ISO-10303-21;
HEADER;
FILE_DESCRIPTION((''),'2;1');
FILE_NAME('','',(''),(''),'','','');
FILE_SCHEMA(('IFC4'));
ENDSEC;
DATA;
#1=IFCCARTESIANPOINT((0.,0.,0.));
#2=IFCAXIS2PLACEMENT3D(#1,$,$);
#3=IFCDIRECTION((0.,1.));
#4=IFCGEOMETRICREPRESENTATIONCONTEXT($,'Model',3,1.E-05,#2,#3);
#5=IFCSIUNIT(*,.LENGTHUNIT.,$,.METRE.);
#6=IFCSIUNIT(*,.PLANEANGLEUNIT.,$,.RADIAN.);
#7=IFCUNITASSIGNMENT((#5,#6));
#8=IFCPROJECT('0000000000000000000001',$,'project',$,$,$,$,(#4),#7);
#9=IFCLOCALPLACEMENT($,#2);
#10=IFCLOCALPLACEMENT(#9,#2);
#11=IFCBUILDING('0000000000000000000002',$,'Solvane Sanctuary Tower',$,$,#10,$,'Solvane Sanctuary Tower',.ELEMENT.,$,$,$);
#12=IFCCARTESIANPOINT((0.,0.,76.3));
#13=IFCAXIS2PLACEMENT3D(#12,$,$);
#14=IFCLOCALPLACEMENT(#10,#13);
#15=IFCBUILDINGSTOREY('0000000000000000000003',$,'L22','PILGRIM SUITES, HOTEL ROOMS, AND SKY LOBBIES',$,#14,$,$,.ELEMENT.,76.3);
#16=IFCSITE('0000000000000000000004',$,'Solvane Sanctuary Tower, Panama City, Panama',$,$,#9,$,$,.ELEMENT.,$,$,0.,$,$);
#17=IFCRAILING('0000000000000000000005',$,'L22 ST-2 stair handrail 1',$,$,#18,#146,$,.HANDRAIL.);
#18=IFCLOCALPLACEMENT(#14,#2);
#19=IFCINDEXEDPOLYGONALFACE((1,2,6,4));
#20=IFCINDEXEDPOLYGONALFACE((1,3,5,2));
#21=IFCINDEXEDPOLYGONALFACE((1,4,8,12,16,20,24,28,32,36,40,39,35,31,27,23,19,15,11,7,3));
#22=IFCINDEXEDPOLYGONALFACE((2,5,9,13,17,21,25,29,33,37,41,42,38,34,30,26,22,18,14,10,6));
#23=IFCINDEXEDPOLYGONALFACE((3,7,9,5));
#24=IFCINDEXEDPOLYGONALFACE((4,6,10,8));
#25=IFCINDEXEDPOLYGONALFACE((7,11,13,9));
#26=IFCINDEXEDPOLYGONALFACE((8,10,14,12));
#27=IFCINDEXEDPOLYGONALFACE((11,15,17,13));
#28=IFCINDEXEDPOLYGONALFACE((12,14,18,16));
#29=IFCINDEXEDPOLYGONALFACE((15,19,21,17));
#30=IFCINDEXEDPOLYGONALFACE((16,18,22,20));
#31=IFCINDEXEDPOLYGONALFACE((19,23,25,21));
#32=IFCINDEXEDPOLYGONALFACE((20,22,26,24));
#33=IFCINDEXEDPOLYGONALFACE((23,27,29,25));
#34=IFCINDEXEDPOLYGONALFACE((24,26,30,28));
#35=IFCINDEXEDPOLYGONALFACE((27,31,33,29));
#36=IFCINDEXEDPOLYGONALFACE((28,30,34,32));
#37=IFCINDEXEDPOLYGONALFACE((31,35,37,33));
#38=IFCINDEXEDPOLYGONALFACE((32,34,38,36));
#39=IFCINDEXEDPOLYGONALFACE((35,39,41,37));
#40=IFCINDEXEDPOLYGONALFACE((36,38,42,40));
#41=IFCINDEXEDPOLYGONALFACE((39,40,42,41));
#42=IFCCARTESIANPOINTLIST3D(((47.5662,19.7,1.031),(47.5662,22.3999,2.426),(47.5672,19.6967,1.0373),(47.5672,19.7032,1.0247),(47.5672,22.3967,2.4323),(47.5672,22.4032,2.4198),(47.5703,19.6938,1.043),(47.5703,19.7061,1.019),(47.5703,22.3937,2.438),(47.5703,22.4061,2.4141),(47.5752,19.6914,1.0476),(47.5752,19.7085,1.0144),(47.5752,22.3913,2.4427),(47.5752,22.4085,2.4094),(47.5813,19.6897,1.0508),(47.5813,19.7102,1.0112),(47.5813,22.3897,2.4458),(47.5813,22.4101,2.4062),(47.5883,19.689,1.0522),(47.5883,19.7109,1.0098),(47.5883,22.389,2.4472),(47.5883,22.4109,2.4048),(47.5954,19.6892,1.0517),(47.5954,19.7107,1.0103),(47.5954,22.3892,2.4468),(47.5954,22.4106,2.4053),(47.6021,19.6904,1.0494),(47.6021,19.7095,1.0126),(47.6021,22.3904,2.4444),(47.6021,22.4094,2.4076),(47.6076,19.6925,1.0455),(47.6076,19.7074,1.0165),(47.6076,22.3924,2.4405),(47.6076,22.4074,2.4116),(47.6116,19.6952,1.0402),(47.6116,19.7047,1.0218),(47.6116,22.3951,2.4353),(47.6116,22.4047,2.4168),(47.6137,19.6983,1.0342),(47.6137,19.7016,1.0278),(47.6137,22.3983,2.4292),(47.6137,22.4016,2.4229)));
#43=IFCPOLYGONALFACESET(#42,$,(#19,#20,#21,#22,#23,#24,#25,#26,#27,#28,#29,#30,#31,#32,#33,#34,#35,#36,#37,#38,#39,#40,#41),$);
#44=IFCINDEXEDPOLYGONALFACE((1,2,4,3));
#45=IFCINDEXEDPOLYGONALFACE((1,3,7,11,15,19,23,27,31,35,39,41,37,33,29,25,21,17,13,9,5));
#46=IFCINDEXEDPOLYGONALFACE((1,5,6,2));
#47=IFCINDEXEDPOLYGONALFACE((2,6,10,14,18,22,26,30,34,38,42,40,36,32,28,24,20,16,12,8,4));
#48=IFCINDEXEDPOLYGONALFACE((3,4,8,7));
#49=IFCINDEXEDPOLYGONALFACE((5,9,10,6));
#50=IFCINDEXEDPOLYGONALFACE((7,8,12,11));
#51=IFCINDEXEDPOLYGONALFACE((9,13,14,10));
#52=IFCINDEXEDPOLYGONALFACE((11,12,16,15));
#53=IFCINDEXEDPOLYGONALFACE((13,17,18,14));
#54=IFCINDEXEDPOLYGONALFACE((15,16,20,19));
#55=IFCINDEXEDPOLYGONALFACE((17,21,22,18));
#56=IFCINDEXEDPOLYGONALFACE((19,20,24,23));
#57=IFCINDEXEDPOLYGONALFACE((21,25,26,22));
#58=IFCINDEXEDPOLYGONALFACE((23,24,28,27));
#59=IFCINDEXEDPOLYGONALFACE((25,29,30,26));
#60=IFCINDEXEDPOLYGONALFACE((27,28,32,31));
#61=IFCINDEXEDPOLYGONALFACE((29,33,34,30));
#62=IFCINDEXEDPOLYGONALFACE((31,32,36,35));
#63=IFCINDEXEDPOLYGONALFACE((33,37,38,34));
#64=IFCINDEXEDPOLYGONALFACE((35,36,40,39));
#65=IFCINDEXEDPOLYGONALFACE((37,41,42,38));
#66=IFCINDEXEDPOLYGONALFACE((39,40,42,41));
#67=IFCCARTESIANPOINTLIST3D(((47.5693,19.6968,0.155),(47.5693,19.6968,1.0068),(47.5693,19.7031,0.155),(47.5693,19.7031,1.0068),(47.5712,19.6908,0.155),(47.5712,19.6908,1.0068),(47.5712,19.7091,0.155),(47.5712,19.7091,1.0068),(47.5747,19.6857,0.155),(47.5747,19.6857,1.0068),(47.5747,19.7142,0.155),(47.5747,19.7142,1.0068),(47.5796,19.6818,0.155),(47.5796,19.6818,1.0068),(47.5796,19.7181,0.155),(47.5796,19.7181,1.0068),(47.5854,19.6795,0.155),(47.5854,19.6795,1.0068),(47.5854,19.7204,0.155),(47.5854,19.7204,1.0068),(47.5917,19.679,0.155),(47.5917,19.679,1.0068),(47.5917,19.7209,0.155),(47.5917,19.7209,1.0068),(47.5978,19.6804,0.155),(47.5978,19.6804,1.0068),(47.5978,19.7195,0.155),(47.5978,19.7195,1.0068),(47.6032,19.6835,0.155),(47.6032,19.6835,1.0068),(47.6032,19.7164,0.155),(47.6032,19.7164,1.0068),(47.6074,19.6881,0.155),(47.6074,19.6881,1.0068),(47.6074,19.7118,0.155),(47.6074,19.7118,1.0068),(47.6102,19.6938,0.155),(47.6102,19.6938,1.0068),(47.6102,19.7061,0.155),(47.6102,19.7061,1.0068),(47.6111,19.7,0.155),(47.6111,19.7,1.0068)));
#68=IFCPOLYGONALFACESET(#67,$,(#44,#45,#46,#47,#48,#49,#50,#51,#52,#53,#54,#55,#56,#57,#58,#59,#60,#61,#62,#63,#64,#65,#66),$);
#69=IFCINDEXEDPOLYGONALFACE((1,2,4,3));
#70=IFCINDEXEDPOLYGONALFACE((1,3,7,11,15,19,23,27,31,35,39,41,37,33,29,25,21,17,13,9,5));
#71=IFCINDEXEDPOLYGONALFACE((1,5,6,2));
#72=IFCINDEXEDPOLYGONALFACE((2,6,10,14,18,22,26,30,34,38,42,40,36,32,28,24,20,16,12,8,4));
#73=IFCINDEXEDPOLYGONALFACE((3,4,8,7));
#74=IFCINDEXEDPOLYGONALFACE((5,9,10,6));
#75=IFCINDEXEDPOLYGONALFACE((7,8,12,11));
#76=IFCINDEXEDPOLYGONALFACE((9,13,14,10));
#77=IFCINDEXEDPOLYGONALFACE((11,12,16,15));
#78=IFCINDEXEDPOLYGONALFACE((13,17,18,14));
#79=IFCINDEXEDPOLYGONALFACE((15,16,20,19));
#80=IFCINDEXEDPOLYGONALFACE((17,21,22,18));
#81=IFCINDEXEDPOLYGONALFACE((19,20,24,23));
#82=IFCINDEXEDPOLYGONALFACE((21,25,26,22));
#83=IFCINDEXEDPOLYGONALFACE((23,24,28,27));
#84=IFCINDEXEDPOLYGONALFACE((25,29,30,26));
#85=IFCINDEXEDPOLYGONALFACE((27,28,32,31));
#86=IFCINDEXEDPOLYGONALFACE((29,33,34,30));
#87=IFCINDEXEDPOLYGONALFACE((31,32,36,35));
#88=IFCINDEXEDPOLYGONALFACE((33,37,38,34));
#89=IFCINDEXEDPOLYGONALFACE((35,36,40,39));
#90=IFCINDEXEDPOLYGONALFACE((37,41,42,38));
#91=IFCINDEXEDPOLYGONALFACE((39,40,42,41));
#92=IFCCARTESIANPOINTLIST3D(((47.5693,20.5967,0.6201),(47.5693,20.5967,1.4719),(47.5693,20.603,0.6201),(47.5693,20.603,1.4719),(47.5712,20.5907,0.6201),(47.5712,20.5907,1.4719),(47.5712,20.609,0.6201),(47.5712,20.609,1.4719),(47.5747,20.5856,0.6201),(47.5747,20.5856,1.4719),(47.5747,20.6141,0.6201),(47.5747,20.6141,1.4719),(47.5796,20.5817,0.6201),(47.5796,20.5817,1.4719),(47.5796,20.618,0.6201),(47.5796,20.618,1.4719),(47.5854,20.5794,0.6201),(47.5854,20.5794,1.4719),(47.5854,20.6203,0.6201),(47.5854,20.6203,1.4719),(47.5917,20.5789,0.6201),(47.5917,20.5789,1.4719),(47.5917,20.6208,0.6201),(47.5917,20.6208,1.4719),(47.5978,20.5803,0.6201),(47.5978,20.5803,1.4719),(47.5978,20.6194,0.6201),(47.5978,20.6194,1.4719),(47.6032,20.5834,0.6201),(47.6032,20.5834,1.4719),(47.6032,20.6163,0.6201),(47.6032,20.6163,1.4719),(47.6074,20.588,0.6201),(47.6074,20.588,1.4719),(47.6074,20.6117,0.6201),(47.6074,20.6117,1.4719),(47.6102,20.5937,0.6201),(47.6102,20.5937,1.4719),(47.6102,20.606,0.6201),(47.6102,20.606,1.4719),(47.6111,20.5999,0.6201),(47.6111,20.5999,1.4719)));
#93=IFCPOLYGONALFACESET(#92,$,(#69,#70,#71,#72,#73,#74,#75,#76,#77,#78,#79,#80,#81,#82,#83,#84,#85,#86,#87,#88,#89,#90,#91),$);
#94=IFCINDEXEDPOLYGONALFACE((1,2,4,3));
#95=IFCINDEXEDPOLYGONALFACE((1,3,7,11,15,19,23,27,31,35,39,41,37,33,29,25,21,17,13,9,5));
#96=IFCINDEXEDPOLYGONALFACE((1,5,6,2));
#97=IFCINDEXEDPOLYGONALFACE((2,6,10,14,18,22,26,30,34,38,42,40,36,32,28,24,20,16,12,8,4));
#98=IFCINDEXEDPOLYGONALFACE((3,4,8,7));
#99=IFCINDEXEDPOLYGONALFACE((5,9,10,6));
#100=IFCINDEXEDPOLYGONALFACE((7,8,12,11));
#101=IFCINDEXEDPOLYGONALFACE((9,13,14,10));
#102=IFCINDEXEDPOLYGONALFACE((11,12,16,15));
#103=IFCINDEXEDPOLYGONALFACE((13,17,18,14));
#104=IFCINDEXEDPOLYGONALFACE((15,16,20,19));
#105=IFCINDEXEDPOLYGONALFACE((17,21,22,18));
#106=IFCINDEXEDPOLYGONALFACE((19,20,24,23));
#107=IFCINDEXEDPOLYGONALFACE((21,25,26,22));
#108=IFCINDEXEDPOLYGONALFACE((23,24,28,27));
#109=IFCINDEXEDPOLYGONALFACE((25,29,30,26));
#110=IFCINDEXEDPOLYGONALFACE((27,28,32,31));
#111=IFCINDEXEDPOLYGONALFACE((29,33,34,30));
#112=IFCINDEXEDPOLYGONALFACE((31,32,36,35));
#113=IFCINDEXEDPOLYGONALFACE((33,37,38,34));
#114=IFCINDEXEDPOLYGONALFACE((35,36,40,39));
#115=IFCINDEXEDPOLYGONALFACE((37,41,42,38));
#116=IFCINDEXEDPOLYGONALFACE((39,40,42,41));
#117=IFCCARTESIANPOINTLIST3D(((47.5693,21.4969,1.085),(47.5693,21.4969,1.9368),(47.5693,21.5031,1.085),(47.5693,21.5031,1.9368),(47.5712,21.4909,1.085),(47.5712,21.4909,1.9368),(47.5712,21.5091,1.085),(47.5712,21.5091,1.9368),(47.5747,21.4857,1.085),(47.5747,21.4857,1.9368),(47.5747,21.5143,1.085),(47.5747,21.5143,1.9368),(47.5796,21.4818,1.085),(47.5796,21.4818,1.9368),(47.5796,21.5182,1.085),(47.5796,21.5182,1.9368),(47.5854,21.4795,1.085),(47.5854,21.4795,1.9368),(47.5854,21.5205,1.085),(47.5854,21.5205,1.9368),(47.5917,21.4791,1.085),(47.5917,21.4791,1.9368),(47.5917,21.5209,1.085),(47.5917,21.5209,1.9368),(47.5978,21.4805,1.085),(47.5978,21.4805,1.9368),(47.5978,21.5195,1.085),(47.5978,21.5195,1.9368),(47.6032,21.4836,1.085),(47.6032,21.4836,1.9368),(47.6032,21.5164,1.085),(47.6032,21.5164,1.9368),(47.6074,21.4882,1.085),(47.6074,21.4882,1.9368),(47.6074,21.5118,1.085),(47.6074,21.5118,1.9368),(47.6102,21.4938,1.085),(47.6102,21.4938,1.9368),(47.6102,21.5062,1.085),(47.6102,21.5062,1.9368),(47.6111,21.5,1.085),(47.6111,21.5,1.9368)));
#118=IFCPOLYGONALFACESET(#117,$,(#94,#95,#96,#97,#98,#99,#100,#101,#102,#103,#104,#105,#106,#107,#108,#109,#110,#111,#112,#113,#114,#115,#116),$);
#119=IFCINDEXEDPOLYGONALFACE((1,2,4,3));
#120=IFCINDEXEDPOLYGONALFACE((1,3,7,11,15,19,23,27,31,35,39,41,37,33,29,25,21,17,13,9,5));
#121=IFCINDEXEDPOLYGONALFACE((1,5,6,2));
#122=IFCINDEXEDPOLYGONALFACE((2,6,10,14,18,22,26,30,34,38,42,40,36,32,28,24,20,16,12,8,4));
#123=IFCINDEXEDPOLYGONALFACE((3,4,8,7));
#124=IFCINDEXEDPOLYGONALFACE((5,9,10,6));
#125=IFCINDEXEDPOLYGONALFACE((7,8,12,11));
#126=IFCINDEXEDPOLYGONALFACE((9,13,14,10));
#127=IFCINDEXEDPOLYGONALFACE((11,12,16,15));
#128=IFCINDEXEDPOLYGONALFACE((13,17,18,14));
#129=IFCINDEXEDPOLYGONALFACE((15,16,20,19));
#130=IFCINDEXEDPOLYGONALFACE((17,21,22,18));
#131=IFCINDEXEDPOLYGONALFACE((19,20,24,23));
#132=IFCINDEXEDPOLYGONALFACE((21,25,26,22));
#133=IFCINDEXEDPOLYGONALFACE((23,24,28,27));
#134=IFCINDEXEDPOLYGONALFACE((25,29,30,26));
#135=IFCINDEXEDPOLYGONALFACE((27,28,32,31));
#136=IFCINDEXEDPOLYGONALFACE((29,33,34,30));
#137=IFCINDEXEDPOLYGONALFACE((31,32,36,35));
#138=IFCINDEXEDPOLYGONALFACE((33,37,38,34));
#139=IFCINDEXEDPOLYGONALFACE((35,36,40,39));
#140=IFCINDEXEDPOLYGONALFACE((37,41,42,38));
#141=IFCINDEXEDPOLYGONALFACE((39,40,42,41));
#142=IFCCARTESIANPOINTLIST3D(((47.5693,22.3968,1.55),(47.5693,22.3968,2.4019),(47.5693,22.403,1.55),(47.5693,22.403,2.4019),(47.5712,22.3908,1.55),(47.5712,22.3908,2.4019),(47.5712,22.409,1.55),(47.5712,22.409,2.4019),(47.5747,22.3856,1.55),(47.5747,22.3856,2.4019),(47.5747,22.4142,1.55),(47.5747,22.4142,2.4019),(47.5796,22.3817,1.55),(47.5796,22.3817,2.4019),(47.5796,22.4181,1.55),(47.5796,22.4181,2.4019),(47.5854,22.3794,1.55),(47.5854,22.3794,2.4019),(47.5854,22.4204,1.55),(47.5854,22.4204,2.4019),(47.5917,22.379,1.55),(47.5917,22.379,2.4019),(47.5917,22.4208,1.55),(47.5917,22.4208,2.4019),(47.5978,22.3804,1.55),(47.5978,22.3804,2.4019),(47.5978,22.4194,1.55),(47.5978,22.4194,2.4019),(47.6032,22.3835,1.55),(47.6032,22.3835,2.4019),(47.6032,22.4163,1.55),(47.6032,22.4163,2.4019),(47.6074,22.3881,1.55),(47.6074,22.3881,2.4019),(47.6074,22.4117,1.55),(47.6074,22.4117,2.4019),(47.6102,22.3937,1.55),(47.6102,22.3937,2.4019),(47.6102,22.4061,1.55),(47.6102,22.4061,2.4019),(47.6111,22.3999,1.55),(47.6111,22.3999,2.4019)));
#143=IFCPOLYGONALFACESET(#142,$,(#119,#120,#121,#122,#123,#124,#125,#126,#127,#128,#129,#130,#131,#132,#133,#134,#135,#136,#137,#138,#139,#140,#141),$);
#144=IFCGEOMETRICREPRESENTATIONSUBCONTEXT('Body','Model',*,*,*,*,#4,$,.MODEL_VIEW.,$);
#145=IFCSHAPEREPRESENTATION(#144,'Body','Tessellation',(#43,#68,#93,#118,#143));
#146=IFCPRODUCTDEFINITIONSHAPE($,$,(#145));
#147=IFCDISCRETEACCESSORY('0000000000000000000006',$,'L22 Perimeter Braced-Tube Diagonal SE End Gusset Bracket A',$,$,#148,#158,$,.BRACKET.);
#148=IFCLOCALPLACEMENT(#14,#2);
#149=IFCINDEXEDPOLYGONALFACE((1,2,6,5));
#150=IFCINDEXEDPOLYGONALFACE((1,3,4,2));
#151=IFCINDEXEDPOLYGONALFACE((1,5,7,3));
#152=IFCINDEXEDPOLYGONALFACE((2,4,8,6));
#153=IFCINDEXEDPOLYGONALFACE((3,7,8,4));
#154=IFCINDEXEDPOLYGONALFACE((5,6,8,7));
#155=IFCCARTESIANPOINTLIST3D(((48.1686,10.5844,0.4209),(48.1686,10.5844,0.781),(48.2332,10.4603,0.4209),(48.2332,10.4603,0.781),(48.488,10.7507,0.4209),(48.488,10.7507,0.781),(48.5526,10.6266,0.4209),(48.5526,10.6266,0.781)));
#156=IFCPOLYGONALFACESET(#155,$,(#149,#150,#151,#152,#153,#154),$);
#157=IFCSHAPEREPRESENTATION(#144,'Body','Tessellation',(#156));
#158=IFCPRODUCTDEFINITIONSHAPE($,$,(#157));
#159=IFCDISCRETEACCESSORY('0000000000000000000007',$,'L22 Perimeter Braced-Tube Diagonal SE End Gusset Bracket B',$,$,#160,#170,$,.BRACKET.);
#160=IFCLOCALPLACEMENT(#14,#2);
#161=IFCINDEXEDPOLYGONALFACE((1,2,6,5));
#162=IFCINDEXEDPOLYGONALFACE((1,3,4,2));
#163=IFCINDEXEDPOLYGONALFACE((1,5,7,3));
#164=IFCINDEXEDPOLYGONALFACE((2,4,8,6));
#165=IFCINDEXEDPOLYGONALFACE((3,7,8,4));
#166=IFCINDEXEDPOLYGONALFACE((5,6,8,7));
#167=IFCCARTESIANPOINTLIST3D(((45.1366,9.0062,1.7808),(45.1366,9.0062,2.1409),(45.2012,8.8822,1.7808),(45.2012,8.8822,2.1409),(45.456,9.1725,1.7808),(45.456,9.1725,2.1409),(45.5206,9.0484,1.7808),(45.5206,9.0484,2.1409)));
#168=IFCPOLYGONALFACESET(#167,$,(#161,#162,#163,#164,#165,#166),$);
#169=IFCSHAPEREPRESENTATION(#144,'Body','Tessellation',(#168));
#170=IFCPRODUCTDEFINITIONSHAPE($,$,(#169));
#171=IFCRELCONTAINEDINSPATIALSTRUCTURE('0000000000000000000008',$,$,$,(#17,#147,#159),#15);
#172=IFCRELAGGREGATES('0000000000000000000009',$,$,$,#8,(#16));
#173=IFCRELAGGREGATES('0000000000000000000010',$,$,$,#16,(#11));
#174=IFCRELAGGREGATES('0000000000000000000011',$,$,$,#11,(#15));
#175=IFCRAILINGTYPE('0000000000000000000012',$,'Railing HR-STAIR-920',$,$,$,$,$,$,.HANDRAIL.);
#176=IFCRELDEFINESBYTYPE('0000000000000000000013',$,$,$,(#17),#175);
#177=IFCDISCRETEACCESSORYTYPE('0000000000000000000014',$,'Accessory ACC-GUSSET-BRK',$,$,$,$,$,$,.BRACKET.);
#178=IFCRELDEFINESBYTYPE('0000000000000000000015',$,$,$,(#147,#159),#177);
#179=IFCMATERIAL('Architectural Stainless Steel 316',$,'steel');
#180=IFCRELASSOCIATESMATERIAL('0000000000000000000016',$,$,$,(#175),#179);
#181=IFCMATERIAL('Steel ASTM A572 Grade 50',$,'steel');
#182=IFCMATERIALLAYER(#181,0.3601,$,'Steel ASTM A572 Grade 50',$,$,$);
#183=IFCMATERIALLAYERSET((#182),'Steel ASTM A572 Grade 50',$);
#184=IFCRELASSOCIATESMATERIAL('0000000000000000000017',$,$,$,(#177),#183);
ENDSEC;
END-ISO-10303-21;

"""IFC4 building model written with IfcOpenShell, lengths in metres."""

from ifc_helpers import new_model, si_unit, direction, frame, origin, origin_2d, place, context, subcontext, project, spatial, rectangle, circle, extrude, material, layer, layer_set, type_object, element, save


model = new_model("IFC4")

# Units and contexts
model_context = context("Model", 3, precision=1e-05, world=origin(), true_north=direction((0.0, 1.0)))
body_context = subcontext(model_context, "Body", "Model", "MODEL_VIEW")
ifc_project = project(units=[si_unit("LENGTHUNIT", "METRE"), si_unit("PLANEANGLEUNIT", "RADIAN")], contexts=[model_context])

# Site, building, storey
site_placement = place(None, origin())
site = spatial("IfcSite", under=ifc_project, at=site_placement, Name="Solvane Sanctuary Tower, Panama City, Panama", CompositionType="ELEMENT", RefElevation=0.0)
building_placement = place(site_placement, origin())
building = spatial("IfcBuilding", under=site, at=building_placement, Name="Solvane Sanctuary Tower", LongName="Solvane Sanctuary Tower", CompositionType="ELEMENT")
storey_placement = place(building_placement, frame((0.0, 0.0, 76.3)))
storey = spatial("IfcBuildingStorey", under=building, at=storey_placement, Name="L22", Description="PILGRIM SUITES, HOTEL ROOMS, AND SKY LOBBIES", CompositionType="ELEMENT", Elevation=76.3)

# Shared definitions
ifc_material_1 = material(Name="Architectural Stainless Steel 316", Category="steel")

# Railing
railing_type_1 = type_object("IfcRailingType", Name="Railing HR-STAIR-920", PredefinedType="HANDRAIL", material=ifc_material_1)
railing_1_placement = place(storey_placement, frame((47.5901, 19.7, 0.155)))
element("IfcRailing", 1, at=railing_1_placement, inside=storey, type_object=railing_type_1, Name="L22 ST-2 stair handrail 1", PredefinedType="HANDRAIL", context=body_context, shape_type="SweptSolid", body=[
    extrude(circle(Radius=0.0239, at=origin_2d()), frame((0.0, 0.0, 0.876), z_axis=(0.0, 0.88842, 0.459032), x_axis=(-1.0, 0.0, 0.0)), (0.0, 0.0, 1.0), 3.0391),
    extrude(circle(Radius=0.021, at=origin_2d()), origin(), (0.0, 0.0, 1.0), 0.8518),
    extrude(circle(Radius=0.021, at=origin_2d()), frame((0.0, 0.8999, 0.4651)), (0.0, 0.0, 1.0), 0.8518),
    extrude(circle(Radius=0.021, at=origin_2d()), frame((0.0, 1.8, 0.9299)), (0.0, 0.0, 1.0), 0.8518),
    extrude(circle(Radius=0.021, at=origin_2d()), frame((0.0, 2.7, 1.395)), (0.0, 0.0, 1.0), 0.8518),
])

# Discrete accessories
ifc_material_2 = material(Name="Steel ASTM A572 Grade 50", Category="steel")
ifc_layer_1 = layer(ifc_material_2, 0.3601, Name="Steel ASTM A572 Grade 50")
ifc_layer_set_1 = layer_set([ifc_layer_1], Name="Steel ASTM A572 Grade 50")
discrete_accessory_type = type_object("IfcDiscreteAccessoryType", Name="Accessory ACC-GUSSET-BRK", PredefinedType="BRACKET", material=ifc_layer_set_1)
for number, where, z_axis, x_axis, name in (
    (2, (48.3606, 10.6055, 0.4209), (0.0, 0.0, 1.0), (-0.887011, -0.461749, 0.0), "L22 Perimeter Braced-Tube Diagonal SE End Gusset Bracket A"),
    (3, (45.3286, 9.0273, 1.7808), (0.0, 0.0, 1.0), (-0.887011, -0.461749, 0.0), "L22 Perimeter Braced-Tube Diagonal SE End Gusset Bracket B"),
):
    element("IfcDiscreteAccessory", number, at=place(storey_placement, frame(where, z_axis=z_axis, x_axis=x_axis)), inside=storey, type_object=discrete_accessory_type, Name=name, PredefinedType="BRACKET", context=body_context, shape_type="SweptSolid", body=[
        extrude(rectangle(XDim=0.3601, YDim=0.1399, at=origin_2d()), origin(), (0.0, 0.0, 1.0), 0.3601),
    ])

save(model, "model.ifc")
